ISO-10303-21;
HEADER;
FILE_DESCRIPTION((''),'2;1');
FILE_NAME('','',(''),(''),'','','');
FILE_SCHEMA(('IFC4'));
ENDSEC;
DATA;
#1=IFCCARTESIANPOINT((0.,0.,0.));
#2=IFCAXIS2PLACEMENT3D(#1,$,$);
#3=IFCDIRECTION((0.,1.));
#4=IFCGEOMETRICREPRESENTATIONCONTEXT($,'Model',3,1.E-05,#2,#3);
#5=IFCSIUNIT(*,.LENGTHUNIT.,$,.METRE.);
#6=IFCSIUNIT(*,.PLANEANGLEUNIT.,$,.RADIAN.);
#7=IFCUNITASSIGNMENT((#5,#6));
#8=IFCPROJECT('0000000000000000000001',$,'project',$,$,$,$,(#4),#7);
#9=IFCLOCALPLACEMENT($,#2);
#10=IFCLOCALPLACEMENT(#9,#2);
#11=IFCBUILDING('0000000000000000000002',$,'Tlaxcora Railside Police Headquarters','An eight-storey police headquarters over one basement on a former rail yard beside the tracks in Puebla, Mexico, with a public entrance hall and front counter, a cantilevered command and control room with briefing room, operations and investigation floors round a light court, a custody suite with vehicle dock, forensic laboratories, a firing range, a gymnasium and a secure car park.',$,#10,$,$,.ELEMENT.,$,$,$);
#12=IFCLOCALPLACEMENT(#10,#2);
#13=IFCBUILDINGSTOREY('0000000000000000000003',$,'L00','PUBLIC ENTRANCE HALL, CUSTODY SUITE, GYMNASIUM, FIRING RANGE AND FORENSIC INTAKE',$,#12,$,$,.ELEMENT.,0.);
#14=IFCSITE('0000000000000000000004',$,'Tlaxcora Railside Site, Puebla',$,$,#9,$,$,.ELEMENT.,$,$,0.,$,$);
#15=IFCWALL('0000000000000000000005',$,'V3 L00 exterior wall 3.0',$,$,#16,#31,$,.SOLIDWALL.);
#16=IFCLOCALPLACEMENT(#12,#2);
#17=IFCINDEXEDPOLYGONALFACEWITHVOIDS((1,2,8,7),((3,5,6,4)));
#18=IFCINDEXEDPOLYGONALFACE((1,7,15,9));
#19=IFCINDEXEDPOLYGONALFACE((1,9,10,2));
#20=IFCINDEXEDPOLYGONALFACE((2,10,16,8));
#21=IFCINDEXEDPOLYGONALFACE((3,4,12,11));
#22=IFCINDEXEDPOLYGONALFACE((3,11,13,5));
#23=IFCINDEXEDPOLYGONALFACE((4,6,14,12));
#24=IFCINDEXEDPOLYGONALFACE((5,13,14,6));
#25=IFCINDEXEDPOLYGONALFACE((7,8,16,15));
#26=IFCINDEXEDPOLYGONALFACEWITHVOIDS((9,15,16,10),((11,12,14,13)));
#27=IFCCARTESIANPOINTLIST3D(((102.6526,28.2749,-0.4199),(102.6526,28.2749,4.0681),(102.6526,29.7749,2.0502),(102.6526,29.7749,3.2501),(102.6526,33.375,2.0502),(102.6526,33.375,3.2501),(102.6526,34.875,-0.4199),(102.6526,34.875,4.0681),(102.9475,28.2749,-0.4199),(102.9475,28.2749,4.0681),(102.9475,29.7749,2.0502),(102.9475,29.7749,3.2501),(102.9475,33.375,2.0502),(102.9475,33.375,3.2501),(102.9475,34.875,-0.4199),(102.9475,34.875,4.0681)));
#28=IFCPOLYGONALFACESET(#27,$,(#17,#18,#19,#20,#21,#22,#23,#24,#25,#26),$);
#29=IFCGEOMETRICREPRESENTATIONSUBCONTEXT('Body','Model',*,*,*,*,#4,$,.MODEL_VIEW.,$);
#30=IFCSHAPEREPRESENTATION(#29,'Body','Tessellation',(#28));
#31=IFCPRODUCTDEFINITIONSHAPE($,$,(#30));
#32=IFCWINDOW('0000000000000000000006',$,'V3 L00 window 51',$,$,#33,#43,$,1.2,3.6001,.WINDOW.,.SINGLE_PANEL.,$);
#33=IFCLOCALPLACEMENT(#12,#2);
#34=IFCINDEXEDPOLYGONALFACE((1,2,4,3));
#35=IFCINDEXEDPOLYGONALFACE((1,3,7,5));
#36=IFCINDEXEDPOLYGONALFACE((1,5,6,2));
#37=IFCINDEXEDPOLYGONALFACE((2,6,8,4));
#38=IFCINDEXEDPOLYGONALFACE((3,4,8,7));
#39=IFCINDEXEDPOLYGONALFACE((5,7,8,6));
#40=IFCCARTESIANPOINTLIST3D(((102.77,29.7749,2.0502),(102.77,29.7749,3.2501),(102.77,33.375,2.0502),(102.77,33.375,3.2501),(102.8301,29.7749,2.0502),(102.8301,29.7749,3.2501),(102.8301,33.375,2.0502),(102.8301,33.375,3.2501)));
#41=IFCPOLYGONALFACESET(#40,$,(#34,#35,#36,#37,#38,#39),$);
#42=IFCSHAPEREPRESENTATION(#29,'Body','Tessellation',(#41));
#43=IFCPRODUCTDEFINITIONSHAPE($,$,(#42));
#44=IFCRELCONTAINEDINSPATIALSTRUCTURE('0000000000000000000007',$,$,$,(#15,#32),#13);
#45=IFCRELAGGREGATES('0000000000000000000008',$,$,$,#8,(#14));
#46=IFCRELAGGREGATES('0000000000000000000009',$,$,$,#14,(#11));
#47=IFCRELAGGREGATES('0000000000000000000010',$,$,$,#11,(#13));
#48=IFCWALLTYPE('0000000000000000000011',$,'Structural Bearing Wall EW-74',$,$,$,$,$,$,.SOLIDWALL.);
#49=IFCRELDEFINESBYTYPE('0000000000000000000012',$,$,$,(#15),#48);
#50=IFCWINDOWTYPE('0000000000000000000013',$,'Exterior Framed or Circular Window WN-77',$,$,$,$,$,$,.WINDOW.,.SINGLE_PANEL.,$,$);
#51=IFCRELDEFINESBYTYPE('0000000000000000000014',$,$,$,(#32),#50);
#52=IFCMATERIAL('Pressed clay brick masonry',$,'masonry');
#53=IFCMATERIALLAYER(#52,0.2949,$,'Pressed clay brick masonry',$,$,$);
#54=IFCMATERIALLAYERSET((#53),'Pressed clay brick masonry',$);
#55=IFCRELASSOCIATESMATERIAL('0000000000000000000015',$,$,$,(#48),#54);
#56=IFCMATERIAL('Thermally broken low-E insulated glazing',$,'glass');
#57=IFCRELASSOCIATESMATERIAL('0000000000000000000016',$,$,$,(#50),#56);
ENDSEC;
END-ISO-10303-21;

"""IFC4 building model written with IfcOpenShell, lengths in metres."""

from ifc_helpers import new_model, si_unit, direction, frame, frame_2d, origin, place, context, subcontext, project, spatial, rectangle, extrude, material, layer, layer_set, type_object, element, fill, save


model = new_model("IFC4")

# Units and contexts
model_context = context("Model", 3, precision=1e-05, world=origin(), true_north=direction((0.0, 1.0)))
body_context = subcontext(model_context, "Body", "Model", "MODEL_VIEW")
ifc_project = project(units=[si_unit("LENGTHUNIT", "METRE"), si_unit("PLANEANGLEUNIT", "RADIAN")], contexts=[model_context])

# Site, building, storey
site_placement = place(None, origin())
site = spatial("IfcSite", under=ifc_project, at=site_placement, Name="Tlaxcora Railside Site, Puebla", CompositionType="ELEMENT", RefElevation=0.0)
building_placement = place(site_placement, origin())
building = spatial("IfcBuilding", under=site, at=building_placement, Name="Tlaxcora Railside Police Headquarters", Description="An eight-storey police headquarters over one basement on a former rail yard beside the tracks in Puebla, Mexico, with a public entrance hall and front counter, a cantilevered command and control room with briefing room, operations and investigation floors round a light court, a custody suite with vehicle dock, forensic laboratories, a firing range, a gymnasium and a secure car park.", CompositionType="ELEMENT")
storey_placement = place(building_placement, origin())
storey = spatial("IfcBuildingStorey", under=building, at=storey_placement, Name="L00", Description="PUBLIC ENTRANCE HALL, CUSTODY SUITE, GYMNASIUM, FIRING RANGE AND FORENSIC INTAKE", CompositionType="ELEMENT", Elevation=0.0)

# Wall, opening, window
ifc_material_1 = material(Name="Thermally broken low-E insulated glazing", Category="glass")
ifc_material_2 = material(Name="Pressed clay brick masonry", Category="masonry")
ifc_layer_1 = layer(ifc_material_2, 0.2949, Name="Pressed clay brick masonry")
ifc_layer_set_1 = layer_set([ifc_layer_1], Name="Pressed clay brick masonry")
wall_type_1 = type_object("IfcWallType", Name="Structural Bearing Wall EW-74", PredefinedType="SOLIDWALL", material=ifc_layer_set_1)
window_type_1 = type_object("IfcWindowType", Name="Exterior Framed or Circular Window WN-77", PartitioningType="SINGLE_PANEL", PredefinedType="WINDOW", material=ifc_material_1)
wall_1_placement = place(storey_placement, frame((102.8, 34.875, -0.4199), z_axis=(0.0, 0.0, 1.0), x_axis=(0.0, -1.0, 0.0)))
wall_1 = element("IfcWall", 1, at=wall_1_placement, inside=storey, type_object=wall_type_1, Name="V3 L00 exterior wall 3.0", PredefinedType="SOLIDWALL", context=body_context, shape_type="SweptSolid", body=[
    extrude(rectangle(XDim=6.6001, YDim=0.2949, at=frame_2d((3.3, 0.0))), origin(), (0.0, 0.0, 1.0), 4.488),
])
opening_1_placement = place(wall_1_placement, frame((1.5, 0.0, 2.47)))
opening_1 = element("IfcOpeningElement", 2, at=opening_1_placement, cuts=wall_1, PredefinedType="OPENING", context=body_context, shape_type="SweptSolid", body=[
    extrude(rectangle(XDim=3.6001, YDim=1.2, at=frame_2d((1.8, 0.6001))), frame((0.0, 0.1575, 0.0), z_axis=(0.0, -1.0, 0.0), x_axis=(1.0, 0.0, 0.0)), (0.0, 0.0, 1.0), 0.3149),
])
window_1_placement = place(opening_1_placement, origin())
window_1 = element("IfcWindow", 3, at=window_1_placement, inside=storey, type_object=window_type_1, Name="V3 L00 window 51", OverallHeight=1.2, OverallWidth=3.6001, PartitioningType="SINGLE_PANEL", PredefinedType="WINDOW", context=body_context, shape_type="SweptSolid", body=[
    extrude(rectangle(XDim=3.6001, YDim=1.2, at=frame_2d((1.8, 0.6001))), frame((0.0, 0.03, 0.0), z_axis=(0.0, -1.0, 0.0), x_axis=(1.0, 0.0, 0.0)), (0.0, 0.0, 1.0), 0.0601),
])
fill(opening_1, window_1)

save(model, "model.ifc")
